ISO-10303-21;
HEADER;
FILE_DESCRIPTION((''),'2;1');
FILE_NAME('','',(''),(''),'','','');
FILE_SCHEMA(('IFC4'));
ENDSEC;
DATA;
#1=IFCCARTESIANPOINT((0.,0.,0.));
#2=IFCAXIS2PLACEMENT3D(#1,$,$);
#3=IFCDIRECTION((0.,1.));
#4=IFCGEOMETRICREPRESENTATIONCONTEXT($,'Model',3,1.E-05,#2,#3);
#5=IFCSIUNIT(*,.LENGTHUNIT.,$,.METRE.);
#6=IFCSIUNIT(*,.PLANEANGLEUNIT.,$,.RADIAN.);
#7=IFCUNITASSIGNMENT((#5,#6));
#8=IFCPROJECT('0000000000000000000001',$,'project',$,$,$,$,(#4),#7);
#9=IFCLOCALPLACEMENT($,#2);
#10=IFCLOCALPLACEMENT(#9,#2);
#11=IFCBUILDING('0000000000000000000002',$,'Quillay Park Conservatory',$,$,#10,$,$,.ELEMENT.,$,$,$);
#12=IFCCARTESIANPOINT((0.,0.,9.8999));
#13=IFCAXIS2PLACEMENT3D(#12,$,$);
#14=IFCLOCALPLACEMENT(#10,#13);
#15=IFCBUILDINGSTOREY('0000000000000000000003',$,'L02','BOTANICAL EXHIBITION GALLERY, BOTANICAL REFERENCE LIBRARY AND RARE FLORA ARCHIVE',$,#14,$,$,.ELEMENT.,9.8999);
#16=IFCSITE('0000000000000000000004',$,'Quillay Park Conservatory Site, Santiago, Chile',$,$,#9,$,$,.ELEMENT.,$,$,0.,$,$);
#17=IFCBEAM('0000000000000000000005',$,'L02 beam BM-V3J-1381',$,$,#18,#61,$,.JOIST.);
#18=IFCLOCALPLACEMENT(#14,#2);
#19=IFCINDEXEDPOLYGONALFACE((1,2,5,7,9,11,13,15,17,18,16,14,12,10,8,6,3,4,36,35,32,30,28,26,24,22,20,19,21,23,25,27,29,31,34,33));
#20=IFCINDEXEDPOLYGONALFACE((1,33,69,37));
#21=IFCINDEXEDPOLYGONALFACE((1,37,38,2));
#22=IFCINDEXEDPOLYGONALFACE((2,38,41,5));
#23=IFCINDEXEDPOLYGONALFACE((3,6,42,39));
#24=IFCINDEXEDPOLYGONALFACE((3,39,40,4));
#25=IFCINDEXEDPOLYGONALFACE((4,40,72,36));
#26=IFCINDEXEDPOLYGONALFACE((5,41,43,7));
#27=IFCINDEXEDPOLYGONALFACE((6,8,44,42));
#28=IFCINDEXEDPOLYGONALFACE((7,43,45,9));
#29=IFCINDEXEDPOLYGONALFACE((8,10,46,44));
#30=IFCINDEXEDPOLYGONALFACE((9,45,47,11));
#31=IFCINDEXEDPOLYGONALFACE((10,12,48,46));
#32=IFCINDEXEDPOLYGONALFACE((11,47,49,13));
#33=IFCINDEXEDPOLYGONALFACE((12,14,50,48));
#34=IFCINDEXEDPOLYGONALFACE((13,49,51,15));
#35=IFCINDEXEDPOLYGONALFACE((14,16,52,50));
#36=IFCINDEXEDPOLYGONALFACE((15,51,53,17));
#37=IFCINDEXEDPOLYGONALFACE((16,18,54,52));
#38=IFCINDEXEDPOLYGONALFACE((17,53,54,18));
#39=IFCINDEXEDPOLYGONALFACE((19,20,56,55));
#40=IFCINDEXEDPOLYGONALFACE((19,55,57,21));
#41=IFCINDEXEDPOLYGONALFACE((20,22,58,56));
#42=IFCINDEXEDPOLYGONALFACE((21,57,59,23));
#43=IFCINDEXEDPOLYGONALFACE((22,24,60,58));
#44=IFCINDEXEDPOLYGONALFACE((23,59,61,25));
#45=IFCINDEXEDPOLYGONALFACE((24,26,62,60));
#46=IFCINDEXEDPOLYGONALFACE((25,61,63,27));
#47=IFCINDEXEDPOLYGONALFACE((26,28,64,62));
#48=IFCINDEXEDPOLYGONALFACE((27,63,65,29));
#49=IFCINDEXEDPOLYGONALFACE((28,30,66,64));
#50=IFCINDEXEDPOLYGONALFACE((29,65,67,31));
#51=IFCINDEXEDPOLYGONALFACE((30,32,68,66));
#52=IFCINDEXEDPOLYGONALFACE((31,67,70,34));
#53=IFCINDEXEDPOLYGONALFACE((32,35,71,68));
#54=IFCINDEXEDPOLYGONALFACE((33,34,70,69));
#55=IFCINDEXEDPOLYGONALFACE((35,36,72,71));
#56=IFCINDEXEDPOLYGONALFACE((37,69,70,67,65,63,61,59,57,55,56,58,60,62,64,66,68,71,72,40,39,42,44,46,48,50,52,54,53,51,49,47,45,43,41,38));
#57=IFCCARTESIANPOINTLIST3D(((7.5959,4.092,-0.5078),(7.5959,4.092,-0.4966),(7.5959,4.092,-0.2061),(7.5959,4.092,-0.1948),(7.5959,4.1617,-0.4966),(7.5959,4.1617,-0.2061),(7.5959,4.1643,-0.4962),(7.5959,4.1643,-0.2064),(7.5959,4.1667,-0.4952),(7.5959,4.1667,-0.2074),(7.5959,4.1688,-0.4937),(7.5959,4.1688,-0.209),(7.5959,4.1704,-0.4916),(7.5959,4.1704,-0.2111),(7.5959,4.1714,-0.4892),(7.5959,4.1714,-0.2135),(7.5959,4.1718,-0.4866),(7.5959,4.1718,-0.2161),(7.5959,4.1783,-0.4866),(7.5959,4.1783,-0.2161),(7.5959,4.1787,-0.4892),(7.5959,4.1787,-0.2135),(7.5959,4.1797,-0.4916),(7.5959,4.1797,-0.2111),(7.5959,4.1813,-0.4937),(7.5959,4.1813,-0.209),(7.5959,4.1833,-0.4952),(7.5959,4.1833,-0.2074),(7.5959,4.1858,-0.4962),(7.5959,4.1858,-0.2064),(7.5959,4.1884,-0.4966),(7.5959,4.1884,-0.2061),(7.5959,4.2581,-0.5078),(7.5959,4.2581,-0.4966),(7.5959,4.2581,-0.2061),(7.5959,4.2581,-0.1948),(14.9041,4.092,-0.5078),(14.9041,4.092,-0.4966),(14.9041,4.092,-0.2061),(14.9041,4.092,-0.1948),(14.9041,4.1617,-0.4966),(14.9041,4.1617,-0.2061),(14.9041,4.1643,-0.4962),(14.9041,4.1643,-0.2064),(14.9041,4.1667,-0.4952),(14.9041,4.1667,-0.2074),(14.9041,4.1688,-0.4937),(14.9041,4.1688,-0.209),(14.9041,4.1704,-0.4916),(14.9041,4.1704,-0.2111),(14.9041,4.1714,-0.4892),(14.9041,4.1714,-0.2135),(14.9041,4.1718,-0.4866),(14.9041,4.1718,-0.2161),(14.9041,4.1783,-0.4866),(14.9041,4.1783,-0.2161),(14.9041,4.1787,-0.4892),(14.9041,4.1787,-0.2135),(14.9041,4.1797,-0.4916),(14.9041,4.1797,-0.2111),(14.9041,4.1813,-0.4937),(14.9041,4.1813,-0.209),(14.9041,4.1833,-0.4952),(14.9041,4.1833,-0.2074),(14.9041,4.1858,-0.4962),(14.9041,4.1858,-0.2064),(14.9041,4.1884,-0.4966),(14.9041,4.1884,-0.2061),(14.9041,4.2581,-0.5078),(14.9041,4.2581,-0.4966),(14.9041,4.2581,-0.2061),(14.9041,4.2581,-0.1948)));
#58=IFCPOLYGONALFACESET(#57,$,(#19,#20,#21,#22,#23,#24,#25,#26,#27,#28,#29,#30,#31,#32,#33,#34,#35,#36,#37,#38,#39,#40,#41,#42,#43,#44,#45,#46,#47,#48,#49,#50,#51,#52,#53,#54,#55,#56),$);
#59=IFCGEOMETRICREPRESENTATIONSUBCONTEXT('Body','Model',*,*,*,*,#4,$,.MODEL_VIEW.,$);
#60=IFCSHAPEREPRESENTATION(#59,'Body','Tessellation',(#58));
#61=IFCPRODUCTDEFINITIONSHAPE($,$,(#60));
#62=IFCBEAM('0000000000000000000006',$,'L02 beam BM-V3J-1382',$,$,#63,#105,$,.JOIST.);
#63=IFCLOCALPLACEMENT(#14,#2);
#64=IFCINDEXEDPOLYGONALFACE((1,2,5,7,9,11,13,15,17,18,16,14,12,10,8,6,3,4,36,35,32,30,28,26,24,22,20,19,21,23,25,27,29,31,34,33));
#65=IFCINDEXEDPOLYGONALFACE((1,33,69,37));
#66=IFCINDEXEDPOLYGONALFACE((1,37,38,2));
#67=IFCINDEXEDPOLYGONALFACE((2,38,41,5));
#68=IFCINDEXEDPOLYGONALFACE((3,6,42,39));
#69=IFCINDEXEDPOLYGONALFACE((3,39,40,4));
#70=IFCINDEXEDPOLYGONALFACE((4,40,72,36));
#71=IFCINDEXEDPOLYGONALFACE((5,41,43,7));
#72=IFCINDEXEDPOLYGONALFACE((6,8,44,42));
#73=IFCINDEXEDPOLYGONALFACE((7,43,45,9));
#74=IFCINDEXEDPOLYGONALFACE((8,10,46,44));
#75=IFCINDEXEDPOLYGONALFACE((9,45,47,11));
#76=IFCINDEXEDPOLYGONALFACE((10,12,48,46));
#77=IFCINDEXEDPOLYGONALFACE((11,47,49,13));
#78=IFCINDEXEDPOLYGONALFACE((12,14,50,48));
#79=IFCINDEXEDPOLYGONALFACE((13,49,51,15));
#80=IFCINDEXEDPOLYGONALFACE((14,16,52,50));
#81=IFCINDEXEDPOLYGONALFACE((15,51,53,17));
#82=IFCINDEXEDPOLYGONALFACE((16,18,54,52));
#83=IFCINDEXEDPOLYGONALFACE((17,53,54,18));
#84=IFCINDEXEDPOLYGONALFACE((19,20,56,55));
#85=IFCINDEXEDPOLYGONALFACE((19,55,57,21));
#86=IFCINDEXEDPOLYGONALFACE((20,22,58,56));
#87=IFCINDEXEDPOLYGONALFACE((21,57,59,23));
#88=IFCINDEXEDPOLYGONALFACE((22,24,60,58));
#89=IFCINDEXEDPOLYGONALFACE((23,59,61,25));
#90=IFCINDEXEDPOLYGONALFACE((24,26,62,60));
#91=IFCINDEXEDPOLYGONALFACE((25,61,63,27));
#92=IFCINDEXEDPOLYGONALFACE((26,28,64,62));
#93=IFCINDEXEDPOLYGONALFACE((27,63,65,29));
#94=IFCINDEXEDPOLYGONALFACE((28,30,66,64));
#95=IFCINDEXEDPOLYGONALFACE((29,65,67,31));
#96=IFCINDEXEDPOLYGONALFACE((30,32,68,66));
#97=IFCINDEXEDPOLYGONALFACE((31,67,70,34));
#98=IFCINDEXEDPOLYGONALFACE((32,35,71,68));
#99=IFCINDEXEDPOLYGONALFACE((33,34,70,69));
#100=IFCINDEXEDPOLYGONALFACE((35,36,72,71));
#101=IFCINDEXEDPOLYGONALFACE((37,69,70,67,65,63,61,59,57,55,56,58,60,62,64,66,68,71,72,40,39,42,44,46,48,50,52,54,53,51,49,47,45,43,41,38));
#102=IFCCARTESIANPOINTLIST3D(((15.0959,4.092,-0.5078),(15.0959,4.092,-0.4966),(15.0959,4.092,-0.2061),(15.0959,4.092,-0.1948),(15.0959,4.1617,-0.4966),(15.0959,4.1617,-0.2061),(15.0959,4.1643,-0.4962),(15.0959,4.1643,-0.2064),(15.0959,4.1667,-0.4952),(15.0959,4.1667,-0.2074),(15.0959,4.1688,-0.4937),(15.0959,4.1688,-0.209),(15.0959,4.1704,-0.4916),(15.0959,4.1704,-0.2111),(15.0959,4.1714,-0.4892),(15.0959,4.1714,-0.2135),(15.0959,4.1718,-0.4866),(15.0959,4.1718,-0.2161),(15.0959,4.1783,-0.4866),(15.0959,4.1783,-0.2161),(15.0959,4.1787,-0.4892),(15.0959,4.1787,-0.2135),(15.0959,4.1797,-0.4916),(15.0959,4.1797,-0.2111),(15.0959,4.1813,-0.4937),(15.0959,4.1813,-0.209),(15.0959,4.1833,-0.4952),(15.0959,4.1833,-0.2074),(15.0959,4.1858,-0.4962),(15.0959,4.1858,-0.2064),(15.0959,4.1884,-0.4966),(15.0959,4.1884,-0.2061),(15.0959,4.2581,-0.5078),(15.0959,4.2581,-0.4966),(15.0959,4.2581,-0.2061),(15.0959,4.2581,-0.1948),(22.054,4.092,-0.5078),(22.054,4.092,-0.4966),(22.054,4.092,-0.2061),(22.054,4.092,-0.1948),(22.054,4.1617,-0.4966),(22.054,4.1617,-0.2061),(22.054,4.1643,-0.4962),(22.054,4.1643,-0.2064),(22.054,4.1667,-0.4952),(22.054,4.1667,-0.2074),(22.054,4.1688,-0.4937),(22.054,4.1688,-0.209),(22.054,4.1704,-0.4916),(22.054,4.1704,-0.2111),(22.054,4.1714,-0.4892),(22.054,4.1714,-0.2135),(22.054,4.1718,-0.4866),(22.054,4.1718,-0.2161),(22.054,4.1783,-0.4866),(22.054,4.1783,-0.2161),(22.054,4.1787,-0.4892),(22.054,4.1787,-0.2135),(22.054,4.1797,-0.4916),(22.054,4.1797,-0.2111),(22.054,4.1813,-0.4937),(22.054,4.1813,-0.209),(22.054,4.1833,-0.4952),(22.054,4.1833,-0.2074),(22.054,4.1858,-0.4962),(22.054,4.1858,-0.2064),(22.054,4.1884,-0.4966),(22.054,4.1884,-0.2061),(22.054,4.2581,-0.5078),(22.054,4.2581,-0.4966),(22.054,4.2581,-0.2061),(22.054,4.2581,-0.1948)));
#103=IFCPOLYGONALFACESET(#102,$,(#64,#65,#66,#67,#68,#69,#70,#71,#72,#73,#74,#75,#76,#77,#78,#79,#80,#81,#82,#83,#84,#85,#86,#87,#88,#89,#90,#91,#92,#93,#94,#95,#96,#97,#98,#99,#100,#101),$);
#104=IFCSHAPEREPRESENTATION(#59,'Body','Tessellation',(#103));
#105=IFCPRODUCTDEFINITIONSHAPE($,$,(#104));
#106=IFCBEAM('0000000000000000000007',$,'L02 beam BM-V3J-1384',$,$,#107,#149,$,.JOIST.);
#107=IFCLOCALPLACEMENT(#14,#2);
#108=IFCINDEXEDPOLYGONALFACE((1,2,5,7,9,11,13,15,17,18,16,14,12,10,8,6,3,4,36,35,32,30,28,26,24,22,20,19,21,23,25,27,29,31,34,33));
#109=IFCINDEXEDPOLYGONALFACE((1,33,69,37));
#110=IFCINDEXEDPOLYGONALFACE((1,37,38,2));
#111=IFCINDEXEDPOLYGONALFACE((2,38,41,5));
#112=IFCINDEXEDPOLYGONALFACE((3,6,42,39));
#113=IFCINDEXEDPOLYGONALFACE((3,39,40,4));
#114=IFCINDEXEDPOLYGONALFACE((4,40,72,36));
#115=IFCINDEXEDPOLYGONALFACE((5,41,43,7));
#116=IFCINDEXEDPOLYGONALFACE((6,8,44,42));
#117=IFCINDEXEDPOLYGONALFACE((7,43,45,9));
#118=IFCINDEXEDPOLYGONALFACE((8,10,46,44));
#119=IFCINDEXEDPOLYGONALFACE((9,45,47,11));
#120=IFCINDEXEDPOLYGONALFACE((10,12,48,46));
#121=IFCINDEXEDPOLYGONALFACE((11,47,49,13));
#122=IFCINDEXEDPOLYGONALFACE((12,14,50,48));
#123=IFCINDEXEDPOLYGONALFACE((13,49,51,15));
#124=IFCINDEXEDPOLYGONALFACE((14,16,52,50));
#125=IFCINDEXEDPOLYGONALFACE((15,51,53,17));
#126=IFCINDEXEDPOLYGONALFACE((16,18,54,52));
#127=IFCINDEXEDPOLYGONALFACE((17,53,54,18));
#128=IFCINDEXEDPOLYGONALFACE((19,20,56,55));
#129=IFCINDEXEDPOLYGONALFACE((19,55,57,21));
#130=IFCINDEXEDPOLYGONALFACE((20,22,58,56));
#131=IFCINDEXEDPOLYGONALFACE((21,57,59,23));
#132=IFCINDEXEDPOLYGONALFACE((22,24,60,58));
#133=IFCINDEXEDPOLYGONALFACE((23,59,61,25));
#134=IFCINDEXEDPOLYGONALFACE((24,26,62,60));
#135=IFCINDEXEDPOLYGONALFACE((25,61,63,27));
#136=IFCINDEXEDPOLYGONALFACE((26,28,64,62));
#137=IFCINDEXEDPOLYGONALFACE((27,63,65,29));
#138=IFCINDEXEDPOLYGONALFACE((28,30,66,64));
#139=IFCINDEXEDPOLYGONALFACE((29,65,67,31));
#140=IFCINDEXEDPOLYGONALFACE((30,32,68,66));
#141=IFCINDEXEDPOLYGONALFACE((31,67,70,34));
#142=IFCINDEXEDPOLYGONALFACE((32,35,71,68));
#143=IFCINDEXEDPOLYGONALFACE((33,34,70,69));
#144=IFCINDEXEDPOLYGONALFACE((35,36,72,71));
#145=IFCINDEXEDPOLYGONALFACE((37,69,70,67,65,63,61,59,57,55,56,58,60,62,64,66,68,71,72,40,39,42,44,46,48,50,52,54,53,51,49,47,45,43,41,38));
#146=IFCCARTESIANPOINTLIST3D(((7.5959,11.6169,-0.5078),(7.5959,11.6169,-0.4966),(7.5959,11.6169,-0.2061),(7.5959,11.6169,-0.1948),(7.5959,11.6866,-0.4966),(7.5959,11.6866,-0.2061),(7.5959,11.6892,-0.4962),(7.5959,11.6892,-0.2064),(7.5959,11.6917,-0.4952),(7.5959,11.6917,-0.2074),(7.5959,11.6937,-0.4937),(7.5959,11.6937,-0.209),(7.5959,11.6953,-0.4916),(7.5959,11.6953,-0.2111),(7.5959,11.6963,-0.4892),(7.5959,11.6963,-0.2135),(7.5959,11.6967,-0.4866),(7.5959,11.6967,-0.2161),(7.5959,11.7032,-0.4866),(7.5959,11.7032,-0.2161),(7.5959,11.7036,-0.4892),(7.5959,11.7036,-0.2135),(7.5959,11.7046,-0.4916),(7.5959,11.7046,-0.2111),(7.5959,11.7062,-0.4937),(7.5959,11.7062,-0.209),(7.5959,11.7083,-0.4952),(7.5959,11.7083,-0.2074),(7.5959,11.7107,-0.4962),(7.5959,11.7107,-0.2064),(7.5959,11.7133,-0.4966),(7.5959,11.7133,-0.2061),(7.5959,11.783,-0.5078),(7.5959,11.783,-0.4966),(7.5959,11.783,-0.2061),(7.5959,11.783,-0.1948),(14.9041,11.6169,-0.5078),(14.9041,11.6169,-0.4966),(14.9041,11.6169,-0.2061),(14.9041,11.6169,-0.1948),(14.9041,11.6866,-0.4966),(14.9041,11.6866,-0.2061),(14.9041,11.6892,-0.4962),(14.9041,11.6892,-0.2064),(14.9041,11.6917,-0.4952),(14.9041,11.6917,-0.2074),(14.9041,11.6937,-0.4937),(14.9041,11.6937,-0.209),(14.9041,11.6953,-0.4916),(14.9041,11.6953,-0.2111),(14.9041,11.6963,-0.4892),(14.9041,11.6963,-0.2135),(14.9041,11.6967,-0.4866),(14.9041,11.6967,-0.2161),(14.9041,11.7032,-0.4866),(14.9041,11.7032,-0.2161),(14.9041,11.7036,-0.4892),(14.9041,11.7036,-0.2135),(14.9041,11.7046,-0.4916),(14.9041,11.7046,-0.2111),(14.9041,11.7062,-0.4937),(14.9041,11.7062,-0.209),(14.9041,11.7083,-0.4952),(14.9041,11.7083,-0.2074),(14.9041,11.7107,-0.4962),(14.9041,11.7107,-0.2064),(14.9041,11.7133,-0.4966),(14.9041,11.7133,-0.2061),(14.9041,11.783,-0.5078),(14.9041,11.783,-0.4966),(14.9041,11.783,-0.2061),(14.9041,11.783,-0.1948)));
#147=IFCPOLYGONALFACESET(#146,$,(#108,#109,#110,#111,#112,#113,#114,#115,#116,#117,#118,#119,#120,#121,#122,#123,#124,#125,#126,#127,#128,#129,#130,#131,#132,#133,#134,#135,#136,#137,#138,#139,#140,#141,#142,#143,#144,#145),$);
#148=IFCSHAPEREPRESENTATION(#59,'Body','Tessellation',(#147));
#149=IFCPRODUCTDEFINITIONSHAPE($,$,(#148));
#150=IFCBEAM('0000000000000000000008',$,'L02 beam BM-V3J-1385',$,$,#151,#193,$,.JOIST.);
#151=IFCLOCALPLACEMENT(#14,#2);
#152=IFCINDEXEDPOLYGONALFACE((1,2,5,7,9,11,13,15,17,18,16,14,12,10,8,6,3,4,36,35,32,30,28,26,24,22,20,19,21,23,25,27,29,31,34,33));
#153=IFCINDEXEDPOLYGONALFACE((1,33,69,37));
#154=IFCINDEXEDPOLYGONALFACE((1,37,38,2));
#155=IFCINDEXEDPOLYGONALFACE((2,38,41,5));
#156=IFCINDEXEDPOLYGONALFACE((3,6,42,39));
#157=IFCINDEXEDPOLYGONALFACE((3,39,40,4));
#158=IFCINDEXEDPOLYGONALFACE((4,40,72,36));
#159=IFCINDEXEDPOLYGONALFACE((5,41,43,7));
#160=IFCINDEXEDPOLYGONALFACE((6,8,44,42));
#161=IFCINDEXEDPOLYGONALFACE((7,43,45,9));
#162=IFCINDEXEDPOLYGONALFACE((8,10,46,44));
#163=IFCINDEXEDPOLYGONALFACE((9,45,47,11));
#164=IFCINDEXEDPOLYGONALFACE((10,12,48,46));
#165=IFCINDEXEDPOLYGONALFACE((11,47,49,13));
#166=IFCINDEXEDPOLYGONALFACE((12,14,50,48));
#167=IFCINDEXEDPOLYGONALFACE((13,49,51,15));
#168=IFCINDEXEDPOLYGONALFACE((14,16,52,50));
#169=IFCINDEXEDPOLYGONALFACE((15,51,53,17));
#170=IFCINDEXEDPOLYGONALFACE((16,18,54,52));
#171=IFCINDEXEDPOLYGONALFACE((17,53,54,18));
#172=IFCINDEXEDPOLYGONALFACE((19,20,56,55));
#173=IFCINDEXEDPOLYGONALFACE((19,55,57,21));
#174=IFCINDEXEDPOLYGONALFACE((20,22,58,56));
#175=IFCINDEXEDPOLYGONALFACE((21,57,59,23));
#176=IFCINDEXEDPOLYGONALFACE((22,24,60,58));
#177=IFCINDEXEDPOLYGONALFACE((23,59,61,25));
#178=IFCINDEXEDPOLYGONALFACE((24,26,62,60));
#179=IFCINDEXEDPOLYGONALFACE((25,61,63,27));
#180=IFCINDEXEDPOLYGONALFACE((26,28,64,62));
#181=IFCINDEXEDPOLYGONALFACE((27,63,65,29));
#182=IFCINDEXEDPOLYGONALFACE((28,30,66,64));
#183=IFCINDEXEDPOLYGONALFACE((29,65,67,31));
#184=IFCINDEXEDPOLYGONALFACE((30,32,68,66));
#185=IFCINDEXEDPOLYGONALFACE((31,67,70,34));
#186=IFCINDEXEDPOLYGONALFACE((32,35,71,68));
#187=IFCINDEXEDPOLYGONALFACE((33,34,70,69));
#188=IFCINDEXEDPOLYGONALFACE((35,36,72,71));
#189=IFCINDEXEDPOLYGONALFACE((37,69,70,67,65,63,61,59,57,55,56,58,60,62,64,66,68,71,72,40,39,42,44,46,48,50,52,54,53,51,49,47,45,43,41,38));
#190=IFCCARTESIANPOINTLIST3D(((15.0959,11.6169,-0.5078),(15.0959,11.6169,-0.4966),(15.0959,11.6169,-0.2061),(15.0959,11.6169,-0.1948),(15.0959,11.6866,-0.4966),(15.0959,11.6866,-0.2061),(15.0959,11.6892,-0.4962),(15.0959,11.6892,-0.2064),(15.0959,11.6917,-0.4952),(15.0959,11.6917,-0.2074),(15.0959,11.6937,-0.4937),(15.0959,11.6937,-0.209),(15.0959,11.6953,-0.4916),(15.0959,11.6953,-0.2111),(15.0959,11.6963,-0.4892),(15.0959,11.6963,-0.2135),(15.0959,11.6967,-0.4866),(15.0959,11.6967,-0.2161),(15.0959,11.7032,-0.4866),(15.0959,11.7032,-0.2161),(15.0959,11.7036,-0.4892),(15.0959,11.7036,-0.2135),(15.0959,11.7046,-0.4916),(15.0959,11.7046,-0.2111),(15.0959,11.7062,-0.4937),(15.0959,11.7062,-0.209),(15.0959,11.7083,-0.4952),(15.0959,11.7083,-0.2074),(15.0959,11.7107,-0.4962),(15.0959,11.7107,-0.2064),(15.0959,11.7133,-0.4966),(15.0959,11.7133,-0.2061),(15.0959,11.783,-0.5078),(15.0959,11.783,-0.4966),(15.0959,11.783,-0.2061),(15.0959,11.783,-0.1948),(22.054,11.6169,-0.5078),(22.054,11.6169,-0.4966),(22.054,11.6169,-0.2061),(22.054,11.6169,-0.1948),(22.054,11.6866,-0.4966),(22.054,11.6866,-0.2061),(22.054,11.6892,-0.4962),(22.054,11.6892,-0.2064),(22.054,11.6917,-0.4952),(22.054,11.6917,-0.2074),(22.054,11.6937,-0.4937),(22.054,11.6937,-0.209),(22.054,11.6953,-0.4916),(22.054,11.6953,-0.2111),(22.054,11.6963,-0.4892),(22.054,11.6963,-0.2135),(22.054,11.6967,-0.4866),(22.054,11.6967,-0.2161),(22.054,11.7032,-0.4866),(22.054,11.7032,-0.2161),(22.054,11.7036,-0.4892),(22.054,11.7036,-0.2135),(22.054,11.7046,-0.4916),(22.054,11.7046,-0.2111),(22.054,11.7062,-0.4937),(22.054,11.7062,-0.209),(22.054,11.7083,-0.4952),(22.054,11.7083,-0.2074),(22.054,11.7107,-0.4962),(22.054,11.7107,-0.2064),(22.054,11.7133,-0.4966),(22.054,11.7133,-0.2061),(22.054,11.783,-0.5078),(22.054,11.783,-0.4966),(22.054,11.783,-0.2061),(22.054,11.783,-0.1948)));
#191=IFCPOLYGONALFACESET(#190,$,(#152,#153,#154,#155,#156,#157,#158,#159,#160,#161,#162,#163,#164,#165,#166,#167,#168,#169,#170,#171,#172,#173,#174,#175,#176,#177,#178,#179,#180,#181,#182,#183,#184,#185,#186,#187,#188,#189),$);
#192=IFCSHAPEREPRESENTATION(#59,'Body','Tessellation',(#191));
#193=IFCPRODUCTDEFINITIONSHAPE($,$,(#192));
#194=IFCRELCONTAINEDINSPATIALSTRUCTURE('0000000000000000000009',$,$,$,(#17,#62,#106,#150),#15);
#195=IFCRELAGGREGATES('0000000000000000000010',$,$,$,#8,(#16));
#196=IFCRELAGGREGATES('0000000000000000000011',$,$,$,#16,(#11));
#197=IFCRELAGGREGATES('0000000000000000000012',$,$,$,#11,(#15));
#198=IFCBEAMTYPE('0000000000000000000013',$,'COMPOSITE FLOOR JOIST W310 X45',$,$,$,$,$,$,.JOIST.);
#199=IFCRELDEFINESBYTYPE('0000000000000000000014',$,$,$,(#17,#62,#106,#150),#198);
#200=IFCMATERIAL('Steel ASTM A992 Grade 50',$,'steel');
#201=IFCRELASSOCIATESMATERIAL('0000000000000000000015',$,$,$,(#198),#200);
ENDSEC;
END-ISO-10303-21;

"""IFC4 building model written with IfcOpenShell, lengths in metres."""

from ifc_helpers import new_model, si_unit, direction, frame, origin, origin_2d, place, context, subcontext, project, spatial, i_section, extrude, material, material_profile, profile_set, type_object, element, save


model = new_model("IFC4")

# Units and contexts
model_context = context("Model", 3, precision=1e-05, world=origin(), true_north=direction((0.0, 1.0)))
body_context = subcontext(model_context, "Body", "Model", "MODEL_VIEW")
ifc_project = project(units=[si_unit("LENGTHUNIT", "METRE"), si_unit("PLANEANGLEUNIT", "RADIAN")], contexts=[model_context])

# Site, building, storey
site_placement = place(None, origin())
site = spatial("IfcSite", under=ifc_project, at=site_placement, Name="Quillay Park Conservatory Site, Santiago, Chile", CompositionType="ELEMENT", RefElevation=0.0)
building_placement = place(site_placement, origin())
building = spatial("IfcBuilding", under=site, at=building_placement, Name="Quillay Park Conservatory", CompositionType="ELEMENT")
storey_placement = place(building_placement, frame((0.0, 0.0, 9.8999)))
storey = spatial("IfcBuildingStorey", under=building, at=storey_placement, Name="L02", Description="BOTANICAL EXHIBITION GALLERY, BOTANICAL REFERENCE LIBRARY AND RARE FLORA ARCHIVE", CompositionType="ELEMENT", Elevation=9.8999)

# Beams
ifc_material_1 = material(Name="Steel ASTM A992 Grade 50", Category="steel")
ifc_material_profile_1 = material_profile(ifc_material_1, i_section(OverallWidth=0.166, OverallDepth=0.313, WebThickness=0.0066, FlangeThickness=0.0112, FilletRadius=0.01, at=origin_2d()), Name="W310x45")
ifc_profile_set_1 = profile_set([ifc_material_profile_1], Name="Steel ASTM A992 Grade 50")
beam_type_1 = type_object("IfcBeamType", Name="COMPOSITE FLOOR JOIST W310 X45", PredefinedType="JOIST", material=ifc_profile_set_1)
beam_1_placement = place(storey_placement, frame((7.5959, 4.175, -0.3513), z_axis=(1.0, 0.0, 0.0), x_axis=(0.0, 1.0, 0.0)))
element("IfcBeam", 1, at=beam_1_placement, inside=storey, type_object=beam_type_1, Name="L02 beam BM-V3J-1381", PredefinedType="JOIST", context=body_context, shape_type="SweptSolid", body=[
    extrude(i_section(OverallWidth=0.166, OverallDepth=0.313, WebThickness=0.0066, FlangeThickness=0.0112, FilletRadius=0.01, at=origin_2d()), origin(), (0.0, 0.0, 1.0), 7.3081),
])
beam_2_placement = place(storey_placement, frame((15.0959, 4.175, -0.3513), z_axis=(1.0, 0.0, 0.0), x_axis=(0.0, 1.0, 0.0)))
element("IfcBeam", 2, at=beam_2_placement, inside=storey, type_object=beam_type_1, Name="L02 beam BM-V3J-1382", PredefinedType="JOIST", context=body_context, shape_type="SweptSolid", body=[
    extrude(i_section(OverallWidth=0.166, OverallDepth=0.313, WebThickness=0.0066, FlangeThickness=0.0112, FilletRadius=0.01, at=origin_2d()), origin(), (0.0, 0.0, 1.0), 6.958),
])
beam_3_placement = place(storey_placement, frame((7.5959, 11.7, -0.3513), z_axis=(1.0, 0.0, 0.0), x_axis=(0.0, 1.0, 0.0)))
element("IfcBeam", 3, at=beam_3_placement, inside=storey, type_object=beam_type_1, Name="L02 beam BM-V3J-1384", PredefinedType="JOIST", context=body_context, shape_type="SweptSolid", body=[
    extrude(i_section(OverallWidth=0.166, OverallDepth=0.313, WebThickness=0.0066, FlangeThickness=0.0112, FilletRadius=0.01, at=origin_2d()), origin(), (0.0, 0.0, 1.0), 7.3081),
])
beam_4_placement = place(storey_placement, frame((15.0959, 11.7, -0.3513), z_axis=(1.0, 0.0, 0.0), x_axis=(0.0, 1.0, 0.0)))
element("IfcBeam", 4, at=beam_4_placement, inside=storey, type_object=beam_type_1, Name="L02 beam BM-V3J-1385", PredefinedType="JOIST", context=body_context, shape_type="SweptSolid", body=[
    extrude(i_section(OverallWidth=0.166, OverallDepth=0.313, WebThickness=0.0066, FlangeThickness=0.0112, FilletRadius=0.01, at=origin_2d()), origin(), (0.0, 0.0, 1.0), 6.958),
])

save(model, "model.ifc")
